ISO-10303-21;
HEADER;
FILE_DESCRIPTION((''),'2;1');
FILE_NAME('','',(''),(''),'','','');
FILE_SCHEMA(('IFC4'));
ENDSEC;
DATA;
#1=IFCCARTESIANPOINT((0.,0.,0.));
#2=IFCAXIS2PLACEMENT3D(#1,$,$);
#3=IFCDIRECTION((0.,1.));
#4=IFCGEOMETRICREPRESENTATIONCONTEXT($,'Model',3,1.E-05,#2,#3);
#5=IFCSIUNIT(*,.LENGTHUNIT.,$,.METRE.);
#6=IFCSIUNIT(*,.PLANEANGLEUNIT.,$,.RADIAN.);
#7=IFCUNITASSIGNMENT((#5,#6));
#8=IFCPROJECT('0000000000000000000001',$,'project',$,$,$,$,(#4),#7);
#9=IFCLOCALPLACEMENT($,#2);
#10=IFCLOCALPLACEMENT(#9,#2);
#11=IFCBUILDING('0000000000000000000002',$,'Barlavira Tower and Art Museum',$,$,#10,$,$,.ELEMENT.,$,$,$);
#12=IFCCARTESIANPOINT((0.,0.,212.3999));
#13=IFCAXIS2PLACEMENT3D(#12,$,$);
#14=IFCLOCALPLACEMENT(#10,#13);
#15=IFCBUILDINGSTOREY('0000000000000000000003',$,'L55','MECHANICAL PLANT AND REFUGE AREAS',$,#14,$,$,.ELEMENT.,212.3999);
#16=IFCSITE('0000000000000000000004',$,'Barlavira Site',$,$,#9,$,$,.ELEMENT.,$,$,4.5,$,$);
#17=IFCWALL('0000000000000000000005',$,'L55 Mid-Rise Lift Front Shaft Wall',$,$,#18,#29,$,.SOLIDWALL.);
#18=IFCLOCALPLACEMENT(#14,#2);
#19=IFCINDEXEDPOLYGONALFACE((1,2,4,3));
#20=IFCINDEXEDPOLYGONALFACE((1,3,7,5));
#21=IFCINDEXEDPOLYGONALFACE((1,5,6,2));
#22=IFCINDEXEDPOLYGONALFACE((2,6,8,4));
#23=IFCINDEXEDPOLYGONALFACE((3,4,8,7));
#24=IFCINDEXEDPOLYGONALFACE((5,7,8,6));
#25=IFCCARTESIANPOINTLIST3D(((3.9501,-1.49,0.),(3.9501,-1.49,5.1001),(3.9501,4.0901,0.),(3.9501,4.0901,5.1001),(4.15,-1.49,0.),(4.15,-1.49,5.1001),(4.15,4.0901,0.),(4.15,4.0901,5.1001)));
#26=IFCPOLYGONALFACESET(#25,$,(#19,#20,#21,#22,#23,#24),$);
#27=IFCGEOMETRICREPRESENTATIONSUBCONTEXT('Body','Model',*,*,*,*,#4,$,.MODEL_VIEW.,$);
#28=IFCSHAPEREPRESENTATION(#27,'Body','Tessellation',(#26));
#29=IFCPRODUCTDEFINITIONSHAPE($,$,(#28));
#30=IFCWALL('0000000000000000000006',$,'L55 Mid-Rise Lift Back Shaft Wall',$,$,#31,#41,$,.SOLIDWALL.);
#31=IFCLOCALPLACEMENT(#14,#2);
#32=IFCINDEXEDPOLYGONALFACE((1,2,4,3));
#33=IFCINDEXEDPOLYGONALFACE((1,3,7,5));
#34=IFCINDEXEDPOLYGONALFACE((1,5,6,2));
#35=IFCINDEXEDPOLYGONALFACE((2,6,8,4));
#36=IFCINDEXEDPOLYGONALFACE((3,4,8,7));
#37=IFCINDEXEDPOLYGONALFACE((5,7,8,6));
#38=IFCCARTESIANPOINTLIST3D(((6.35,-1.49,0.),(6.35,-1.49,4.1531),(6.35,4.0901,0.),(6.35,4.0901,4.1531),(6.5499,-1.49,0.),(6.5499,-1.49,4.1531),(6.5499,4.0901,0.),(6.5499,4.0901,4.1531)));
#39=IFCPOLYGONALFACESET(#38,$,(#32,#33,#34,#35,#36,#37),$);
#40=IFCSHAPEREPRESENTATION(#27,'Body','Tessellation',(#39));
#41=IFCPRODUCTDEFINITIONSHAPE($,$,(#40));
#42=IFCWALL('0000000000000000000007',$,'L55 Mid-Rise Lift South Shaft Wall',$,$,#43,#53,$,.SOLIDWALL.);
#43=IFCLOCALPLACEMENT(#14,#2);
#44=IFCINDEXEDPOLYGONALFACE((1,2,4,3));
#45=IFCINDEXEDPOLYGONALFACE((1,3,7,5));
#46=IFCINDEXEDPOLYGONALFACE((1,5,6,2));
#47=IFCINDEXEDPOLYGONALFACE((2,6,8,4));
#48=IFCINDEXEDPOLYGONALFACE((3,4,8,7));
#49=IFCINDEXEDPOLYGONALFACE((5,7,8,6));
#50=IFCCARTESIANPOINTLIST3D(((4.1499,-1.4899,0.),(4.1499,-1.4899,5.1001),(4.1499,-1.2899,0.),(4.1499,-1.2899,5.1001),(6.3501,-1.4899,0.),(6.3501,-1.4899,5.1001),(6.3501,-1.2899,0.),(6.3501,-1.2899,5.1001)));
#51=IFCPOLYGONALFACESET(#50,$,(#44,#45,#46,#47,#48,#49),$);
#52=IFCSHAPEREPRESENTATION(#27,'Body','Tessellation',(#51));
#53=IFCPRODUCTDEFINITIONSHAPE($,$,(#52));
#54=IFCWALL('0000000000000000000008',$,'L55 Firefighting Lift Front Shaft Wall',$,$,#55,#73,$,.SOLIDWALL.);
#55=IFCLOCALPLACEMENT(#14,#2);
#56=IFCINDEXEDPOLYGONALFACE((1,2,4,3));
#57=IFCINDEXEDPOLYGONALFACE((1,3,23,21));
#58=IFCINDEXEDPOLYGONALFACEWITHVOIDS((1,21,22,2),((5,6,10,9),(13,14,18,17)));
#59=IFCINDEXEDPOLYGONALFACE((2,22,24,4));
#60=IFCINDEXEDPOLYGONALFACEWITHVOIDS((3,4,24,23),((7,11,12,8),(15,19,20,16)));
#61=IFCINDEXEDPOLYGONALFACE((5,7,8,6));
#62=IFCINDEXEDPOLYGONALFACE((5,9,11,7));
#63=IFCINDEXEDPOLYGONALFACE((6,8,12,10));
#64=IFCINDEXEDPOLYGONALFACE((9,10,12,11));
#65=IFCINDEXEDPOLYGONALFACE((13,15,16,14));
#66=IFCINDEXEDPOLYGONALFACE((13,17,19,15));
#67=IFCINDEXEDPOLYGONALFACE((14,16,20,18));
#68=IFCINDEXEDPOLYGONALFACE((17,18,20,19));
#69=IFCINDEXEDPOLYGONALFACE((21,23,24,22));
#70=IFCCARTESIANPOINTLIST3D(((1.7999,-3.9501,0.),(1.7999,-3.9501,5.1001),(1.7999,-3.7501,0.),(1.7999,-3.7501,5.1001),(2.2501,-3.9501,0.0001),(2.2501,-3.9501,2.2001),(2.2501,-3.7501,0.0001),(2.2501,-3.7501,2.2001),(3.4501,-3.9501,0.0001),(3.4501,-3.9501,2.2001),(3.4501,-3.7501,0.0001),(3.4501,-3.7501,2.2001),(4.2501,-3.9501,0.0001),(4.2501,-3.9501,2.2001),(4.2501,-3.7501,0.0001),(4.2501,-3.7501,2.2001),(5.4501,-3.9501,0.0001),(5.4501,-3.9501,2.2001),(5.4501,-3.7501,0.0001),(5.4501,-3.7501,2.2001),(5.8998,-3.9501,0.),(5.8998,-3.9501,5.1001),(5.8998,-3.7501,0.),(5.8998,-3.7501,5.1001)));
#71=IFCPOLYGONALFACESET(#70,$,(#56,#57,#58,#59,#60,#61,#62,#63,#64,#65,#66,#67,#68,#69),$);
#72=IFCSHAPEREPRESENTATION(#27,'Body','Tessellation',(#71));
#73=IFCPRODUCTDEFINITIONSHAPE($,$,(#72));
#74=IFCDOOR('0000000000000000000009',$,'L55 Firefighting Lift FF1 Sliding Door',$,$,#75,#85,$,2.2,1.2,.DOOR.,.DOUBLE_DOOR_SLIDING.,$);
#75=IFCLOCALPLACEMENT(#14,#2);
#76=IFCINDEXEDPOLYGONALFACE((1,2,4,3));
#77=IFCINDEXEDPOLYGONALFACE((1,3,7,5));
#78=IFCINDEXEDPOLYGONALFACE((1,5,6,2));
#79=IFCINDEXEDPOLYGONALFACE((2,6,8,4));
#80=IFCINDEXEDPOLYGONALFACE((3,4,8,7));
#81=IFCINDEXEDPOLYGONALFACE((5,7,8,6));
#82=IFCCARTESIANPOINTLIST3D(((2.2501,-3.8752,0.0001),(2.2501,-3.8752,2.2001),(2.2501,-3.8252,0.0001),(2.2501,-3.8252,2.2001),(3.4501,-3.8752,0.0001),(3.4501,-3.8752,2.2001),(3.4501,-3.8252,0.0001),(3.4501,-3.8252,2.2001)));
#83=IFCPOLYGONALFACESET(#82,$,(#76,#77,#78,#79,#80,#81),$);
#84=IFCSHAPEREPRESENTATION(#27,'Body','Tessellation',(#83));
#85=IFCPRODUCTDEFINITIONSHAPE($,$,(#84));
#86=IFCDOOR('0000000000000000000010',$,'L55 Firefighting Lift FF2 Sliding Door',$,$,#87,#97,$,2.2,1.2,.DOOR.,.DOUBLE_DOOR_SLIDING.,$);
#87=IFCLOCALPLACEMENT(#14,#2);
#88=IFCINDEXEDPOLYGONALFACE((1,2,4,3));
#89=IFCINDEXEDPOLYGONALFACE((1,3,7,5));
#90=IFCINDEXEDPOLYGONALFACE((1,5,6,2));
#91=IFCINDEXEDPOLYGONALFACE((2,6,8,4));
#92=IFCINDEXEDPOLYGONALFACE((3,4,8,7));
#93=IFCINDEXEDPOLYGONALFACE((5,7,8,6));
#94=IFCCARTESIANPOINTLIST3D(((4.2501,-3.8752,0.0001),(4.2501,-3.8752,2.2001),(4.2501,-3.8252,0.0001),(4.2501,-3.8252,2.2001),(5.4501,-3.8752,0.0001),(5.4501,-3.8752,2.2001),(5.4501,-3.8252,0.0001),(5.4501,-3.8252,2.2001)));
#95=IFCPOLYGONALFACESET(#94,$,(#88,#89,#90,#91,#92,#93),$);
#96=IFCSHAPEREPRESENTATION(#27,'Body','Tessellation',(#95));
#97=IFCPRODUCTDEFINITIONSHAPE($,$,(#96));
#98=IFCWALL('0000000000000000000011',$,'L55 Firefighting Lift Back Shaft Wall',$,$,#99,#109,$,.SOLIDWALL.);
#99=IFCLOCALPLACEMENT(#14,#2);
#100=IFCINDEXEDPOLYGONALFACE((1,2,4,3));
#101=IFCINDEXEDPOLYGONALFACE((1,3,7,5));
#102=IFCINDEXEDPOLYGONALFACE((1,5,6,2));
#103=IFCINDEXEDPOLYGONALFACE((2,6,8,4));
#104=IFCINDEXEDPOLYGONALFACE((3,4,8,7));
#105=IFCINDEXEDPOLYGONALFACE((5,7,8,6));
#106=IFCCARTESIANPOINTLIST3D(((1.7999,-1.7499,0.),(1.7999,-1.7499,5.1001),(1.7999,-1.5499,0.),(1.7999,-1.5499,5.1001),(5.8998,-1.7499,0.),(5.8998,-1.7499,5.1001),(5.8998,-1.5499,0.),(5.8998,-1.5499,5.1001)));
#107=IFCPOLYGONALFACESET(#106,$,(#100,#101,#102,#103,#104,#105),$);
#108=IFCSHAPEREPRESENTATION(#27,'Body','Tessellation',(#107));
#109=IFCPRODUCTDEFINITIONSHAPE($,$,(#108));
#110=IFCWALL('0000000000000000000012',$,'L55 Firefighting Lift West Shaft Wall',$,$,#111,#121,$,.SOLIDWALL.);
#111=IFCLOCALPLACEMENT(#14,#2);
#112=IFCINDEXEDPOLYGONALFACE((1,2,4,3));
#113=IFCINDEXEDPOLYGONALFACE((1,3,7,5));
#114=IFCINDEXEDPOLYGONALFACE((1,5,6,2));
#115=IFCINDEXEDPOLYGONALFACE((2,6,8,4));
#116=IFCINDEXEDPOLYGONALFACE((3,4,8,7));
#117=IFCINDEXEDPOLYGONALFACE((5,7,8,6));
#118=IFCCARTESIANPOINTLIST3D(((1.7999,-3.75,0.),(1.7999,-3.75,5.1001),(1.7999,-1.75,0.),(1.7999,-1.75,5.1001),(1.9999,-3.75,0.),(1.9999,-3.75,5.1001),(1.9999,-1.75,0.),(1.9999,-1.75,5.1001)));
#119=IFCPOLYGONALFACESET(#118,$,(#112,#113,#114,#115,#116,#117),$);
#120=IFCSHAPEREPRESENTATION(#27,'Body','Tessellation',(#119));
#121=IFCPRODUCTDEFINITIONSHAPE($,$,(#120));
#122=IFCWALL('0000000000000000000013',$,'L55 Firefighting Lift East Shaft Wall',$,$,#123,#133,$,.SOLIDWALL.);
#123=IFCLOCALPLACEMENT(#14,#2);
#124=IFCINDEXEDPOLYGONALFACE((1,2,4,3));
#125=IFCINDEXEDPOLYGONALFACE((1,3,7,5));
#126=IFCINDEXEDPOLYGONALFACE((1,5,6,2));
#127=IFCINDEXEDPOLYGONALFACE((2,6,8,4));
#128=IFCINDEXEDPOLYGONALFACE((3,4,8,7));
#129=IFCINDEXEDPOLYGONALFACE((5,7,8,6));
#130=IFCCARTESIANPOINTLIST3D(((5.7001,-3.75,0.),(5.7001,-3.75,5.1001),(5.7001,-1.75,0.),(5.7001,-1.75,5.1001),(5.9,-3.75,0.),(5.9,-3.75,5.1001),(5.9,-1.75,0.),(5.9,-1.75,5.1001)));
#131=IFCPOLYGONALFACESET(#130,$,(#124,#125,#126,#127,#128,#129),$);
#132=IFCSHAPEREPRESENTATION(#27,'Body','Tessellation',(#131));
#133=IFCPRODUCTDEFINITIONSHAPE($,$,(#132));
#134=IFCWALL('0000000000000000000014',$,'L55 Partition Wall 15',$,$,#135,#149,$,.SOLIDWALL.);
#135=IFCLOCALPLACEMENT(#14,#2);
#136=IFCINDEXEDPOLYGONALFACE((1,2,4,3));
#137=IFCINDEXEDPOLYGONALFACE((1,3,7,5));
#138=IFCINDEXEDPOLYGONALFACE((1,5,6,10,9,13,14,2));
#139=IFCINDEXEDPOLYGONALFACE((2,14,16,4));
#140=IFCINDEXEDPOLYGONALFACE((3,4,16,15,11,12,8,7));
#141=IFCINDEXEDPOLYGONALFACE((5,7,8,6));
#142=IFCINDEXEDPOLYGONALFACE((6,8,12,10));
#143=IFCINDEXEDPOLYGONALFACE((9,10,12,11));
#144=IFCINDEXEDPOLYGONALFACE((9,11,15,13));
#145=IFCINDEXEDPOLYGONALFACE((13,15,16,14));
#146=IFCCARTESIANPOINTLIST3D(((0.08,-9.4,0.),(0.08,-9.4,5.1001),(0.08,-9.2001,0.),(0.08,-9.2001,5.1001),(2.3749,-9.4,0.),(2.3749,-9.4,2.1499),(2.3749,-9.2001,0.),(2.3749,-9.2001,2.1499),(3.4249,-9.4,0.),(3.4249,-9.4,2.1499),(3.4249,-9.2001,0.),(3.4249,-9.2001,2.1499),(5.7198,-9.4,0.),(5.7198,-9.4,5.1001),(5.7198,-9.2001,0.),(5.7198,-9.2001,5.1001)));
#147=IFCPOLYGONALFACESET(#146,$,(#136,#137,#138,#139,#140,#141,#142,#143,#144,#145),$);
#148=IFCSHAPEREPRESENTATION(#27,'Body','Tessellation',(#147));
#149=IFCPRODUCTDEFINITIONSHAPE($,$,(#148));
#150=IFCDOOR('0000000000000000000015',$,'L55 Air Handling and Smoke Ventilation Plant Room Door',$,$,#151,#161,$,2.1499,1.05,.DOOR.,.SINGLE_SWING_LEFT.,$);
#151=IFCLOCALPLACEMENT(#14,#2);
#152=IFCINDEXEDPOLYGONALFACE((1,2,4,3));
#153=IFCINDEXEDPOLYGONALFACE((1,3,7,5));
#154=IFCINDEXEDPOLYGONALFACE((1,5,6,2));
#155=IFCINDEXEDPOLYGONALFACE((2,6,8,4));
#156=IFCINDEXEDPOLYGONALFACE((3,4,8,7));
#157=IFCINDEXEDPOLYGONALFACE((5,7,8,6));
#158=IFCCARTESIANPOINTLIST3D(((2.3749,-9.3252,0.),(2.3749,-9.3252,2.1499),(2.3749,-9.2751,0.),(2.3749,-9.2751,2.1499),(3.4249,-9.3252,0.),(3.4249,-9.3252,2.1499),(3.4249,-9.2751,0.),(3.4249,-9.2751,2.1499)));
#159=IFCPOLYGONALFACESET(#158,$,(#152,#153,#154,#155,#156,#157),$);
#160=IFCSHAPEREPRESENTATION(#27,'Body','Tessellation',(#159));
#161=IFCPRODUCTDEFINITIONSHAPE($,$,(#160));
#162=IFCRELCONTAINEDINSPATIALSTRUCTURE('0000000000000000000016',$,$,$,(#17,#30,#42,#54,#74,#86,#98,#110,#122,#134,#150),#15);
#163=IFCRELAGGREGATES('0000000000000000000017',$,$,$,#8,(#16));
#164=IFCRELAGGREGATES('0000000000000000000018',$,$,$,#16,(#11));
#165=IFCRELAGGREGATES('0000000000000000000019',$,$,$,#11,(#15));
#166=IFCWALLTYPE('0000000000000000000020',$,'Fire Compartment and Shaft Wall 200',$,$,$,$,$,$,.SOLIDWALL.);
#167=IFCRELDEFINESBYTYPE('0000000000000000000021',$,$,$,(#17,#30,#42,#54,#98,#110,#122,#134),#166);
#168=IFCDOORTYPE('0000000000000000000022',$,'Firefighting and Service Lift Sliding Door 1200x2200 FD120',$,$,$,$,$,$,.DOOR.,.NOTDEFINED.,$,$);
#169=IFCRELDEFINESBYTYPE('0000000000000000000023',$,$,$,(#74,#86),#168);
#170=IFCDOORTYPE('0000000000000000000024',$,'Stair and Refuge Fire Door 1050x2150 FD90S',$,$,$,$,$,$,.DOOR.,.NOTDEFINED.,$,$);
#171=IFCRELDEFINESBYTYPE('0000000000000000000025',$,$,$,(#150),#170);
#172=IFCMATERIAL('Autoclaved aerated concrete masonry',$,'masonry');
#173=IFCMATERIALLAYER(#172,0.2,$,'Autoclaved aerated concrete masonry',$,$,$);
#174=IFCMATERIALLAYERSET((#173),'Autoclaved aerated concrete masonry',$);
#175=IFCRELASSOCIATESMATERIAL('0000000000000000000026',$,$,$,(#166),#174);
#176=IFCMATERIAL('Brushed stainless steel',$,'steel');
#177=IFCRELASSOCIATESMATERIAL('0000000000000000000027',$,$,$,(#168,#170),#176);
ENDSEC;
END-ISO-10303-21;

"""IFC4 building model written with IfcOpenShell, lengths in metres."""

from ifc_helpers import new_model, si_unit, direction, frame, frame_2d, origin, place, context, subcontext, project, spatial, rectangle, extrude, material, layer, layer_set, type_object, element, fill, save


model = new_model("IFC4")

# Units and contexts
model_context = context("Model", 3, precision=1e-05, world=origin(), true_north=direction((0.0, 1.0)))
body_context = subcontext(model_context, "Body", "Model", "MODEL_VIEW")
ifc_project = project(units=[si_unit("LENGTHUNIT", "METRE"), si_unit("PLANEANGLEUNIT", "RADIAN")], contexts=[model_context])

# Site, building, storey
site_placement = place(None, origin())
site = spatial("IfcSite", under=ifc_project, at=site_placement, Name="Barlavira Site", CompositionType="ELEMENT", RefElevation=4.5)
building_placement = place(site_placement, origin())
building = spatial("IfcBuilding", under=site, at=building_placement, Name="Barlavira Tower and Art Museum", CompositionType="ELEMENT")
storey_placement = place(building_placement, frame((0.0, 0.0, 212.3999)))
storey = spatial("IfcBuildingStorey", under=building, at=storey_placement, Name="L55", Description="MECHANICAL PLANT AND REFUGE AREAS", CompositionType="ELEMENT", Elevation=212.3999)

# Walls
ifc_material_1 = material(Name="Autoclaved aerated concrete masonry", Category="masonry")
ifc_layer_1 = layer(ifc_material_1, 0.2, Name="Autoclaved aerated concrete masonry")
ifc_layer_set_1 = layer_set([ifc_layer_1], Name="Autoclaved aerated concrete masonry")
wall_type_1 = type_object("IfcWallType", Name="Fire Compartment and Shaft Wall 200", PredefinedType="SOLIDWALL", material=ifc_layer_set_1)
wall_1_placement = place(storey_placement, frame((4.05, -1.49, 0.0), z_axis=(0.0, 0.0, 1.0), x_axis=(0.0, 1.0, 0.0)))
element("IfcWall", 1, at=wall_1_placement, inside=storey, type_object=wall_type_1, Name="L55 Mid-Rise Lift Front Shaft Wall", PredefinedType="SOLIDWALL", context=body_context, shape_type="SweptSolid", body=[
    extrude(rectangle(XDim=5.5801, YDim=0.2, at=frame_2d((2.79, 0.0))), origin(), (0.0, 0.0, 1.0), 5.1001),
])
wall_2_placement = place(storey_placement, frame((6.45, -1.49, 0.0), z_axis=(0.0, 0.0, 1.0), x_axis=(0.0, 1.0, 0.0)))
element("IfcWall", 2, at=wall_2_placement, inside=storey, type_object=wall_type_1, Name="L55 Mid-Rise Lift Back Shaft Wall", PredefinedType="SOLIDWALL", context=body_context, shape_type="SweptSolid", body=[
    extrude(rectangle(XDim=5.5801, YDim=0.2, at=frame_2d((2.79, 0.0))), origin(), (0.0, 0.0, 1.0), 4.1531),
])
wall_3_placement = place(storey_placement, frame((4.1499, -1.3899, 0.0), z_axis=(0.0, 0.0, 1.0), x_axis=(1.0, 0.0, 0.0)))
element("IfcWall", 3, at=wall_3_placement, inside=storey, type_object=wall_type_1, Name="L55 Mid-Rise Lift South Shaft Wall", PredefinedType="SOLIDWALL", context=body_context, shape_type="SweptSolid", body=[
    extrude(rectangle(XDim=2.2002, YDim=0.2, at=frame_2d((1.1001, 0.0))), origin(), (0.0, 0.0, 1.0), 5.1001),
])

# Wall, openings, doors
wall_4_placement = place(storey_placement, frame((1.8, -3.8501, 0.0), z_axis=(0.0, 0.0, 1.0), x_axis=(1.0, 0.0, 0.0)))
wall_4 = element("IfcWall", 4, at=wall_4_placement, inside=storey, type_object=wall_type_1, Name="L55 Firefighting Lift Front Shaft Wall", PredefinedType="SOLIDWALL", context=body_context, shape_type="SweptSolid", body=[
    extrude(rectangle(XDim=4.0999, YDim=0.2, at=frame_2d((2.0498, 0.0))), origin(), (0.0, 0.0, 1.0), 5.1001),
])
opening_1_placement = place(wall_4_placement, frame((0.45, 0.0, 0.0)))
opening_1 = element("IfcOpeningElement", 5, at=opening_1_placement, cuts=wall_4, PredefinedType="OPENING", context=body_context, shape_type="SweptSolid", body=[
    extrude(rectangle(XDim=1.2, YDim=2.2, at=frame_2d((0.6001, 1.1001))), frame((0.0, 0.1099, 0.0), z_axis=(0.0, -1.0, 0.0), x_axis=(1.0, 0.0, 0.0)), (0.0, 0.0, 1.0), 0.22),
])
opening_2_placement = place(wall_4_placement, frame((2.45, 0.0, 0.0)))
opening_2 = element("IfcOpeningElement", 6, at=opening_2_placement, cuts=wall_4, PredefinedType="OPENING", context=body_context, shape_type="SweptSolid", body=[
    extrude(rectangle(XDim=1.2, YDim=2.2, at=frame_2d((0.6001, 1.1001))), frame((0.0, 0.1099, 0.0), z_axis=(0.0, -1.0, 0.0), x_axis=(1.0, 0.0, 0.0)), (0.0, 0.0, 1.0), 0.22),
])
ifc_material_2 = material(Name="Brushed stainless steel", Category="steel")
door_type_1 = type_object("IfcDoorType", Name="Firefighting and Service Lift Sliding Door 1200x2200 FD120", OperationType="NOTDEFINED", PredefinedType="DOOR", material=ifc_material_2)
door_1_placement = place(opening_1_placement, origin())
door_1 = element("IfcDoor", 7, at=door_1_placement, inside=storey, type_object=door_type_1, Name="L55 Firefighting Lift FF1 Sliding Door", OperationType="DOUBLE_DOOR_SLIDING", OverallHeight=2.2, OverallWidth=1.2, PredefinedType="DOOR", context=body_context, shape_type="SweptSolid", body=[
    extrude(rectangle(XDim=1.2, YDim=2.2, at=frame_2d((0.6001, 1.1001))), frame((0.0, 0.0249, 0.0), z_axis=(0.0, -1.0, 0.0), x_axis=(1.0, 0.0, 0.0)), (0.0, 0.0, 1.0), 0.05),
])
fill(opening_1, door_1)
door_2_placement = place(opening_2_placement, origin())
door_2 = element("IfcDoor", 8, at=door_2_placement, inside=storey, type_object=door_type_1, Name="L55 Firefighting Lift FF2 Sliding Door", OperationType="DOUBLE_DOOR_SLIDING", OverallHeight=2.2, OverallWidth=1.2, PredefinedType="DOOR", context=body_context, shape_type="SweptSolid", body=[
    extrude(rectangle(XDim=1.2, YDim=2.2, at=frame_2d((0.6001, 1.1001))), frame((0.0, 0.0249, 0.0), z_axis=(0.0, -1.0, 0.0), x_axis=(1.0, 0.0, 0.0)), (0.0, 0.0, 1.0), 0.05),
])
fill(opening_2, door_2)

# Walls
wall_5_placement = place(storey_placement, frame((1.8, -1.6499, 0.0), z_axis=(0.0, 0.0, 1.0), x_axis=(1.0, 0.0, 0.0)))
element("IfcWall", 9, at=wall_5_placement, inside=storey, type_object=wall_type_1, Name="L55 Firefighting Lift Back Shaft Wall", PredefinedType="SOLIDWALL", context=body_context, shape_type="SweptSolid", body=[
    extrude(rectangle(XDim=4.0999, YDim=0.2, at=frame_2d((2.0498, 0.0))), origin(), (0.0, 0.0, 1.0), 5.1001),
])
for number, where, z_axis, x_axis, name in (
    (10, (1.8999, -3.75, 0.0), (0.0, 0.0, 1.0), (0.0, 1.0, 0.0), "L55 Firefighting Lift West Shaft Wall"),
    (11, (5.8, -3.75, 0.0), (0.0, 0.0, 1.0), (0.0, 1.0, 0.0), "L55 Firefighting Lift East Shaft Wall"),
):
    element("IfcWall", number, at=place(storey_placement, frame(where, z_axis=z_axis, x_axis=x_axis)), inside=storey, type_object=wall_type_1, Name=name, PredefinedType="SOLIDWALL", context=body_context, shape_type="SweptSolid", body=[
        extrude(rectangle(XDim=2.0, YDim=0.2, at=frame_2d((1.0, 0.0))), origin(), (0.0, 0.0, 1.0), 5.1001),
    ])

# Wall, opening, door
wall_6_placement = place(storey_placement, frame((0.0801, -9.3, 0.0), z_axis=(0.0, 0.0, 1.0), x_axis=(1.0, 0.0, 0.0)))
wall_6 = element("IfcWall", 12, at=wall_6_placement, inside=storey, type_object=wall_type_1, Name="L55 Partition Wall 15", PredefinedType="SOLIDWALL", context=body_context, shape_type="SweptSolid", body=[
    extrude(rectangle(XDim=5.6399, YDim=0.2, at=frame_2d((2.8198, 0.0))), origin(), (0.0, 0.0, 1.0), 5.1001),
])
opening_3_placement = place(wall_6_placement, frame((2.2949, 0.0, 0.0)))
opening_3 = element("IfcOpeningElement", 13, at=opening_3_placement, cuts=wall_6, PredefinedType="OPENING", context=body_context, shape_type="SweptSolid", body=[
    extrude(rectangle(XDim=1.05, YDim=2.1499, at=frame_2d((0.5249, 1.075))), frame((0.0, 0.1099, 0.0), z_axis=(0.0, -1.0, 0.0), x_axis=(1.0, 0.0, 0.0)), (0.0, 0.0, 1.0), 0.22),
])
door_type_2 = type_object("IfcDoorType", Name="Stair and Refuge Fire Door 1050x2150 FD90S", OperationType="NOTDEFINED", PredefinedType="DOOR", material=ifc_material_2)
door_3_placement = place(opening_3_placement, origin())
door_3 = element("IfcDoor", 14, at=door_3_placement, inside=storey, type_object=door_type_2, Name="L55 Air Handling and Smoke Ventilation Plant Room Door", OperationType="SINGLE_SWING_LEFT", OverallHeight=2.1499, OverallWidth=1.05, PredefinedType="DOOR", context=body_context, shape_type="SweptSolid", body=[
    extrude(rectangle(XDim=1.05, YDim=2.1499, at=frame_2d((0.5249, 1.075))), frame((0.0, 0.0249, 0.0), z_axis=(0.0, -1.0, 0.0), x_axis=(1.0, 0.0, 0.0)), (0.0, 0.0, 1.0), 0.05),
])
fill(opening_3, door_3)

save(model, "model.ifc")
